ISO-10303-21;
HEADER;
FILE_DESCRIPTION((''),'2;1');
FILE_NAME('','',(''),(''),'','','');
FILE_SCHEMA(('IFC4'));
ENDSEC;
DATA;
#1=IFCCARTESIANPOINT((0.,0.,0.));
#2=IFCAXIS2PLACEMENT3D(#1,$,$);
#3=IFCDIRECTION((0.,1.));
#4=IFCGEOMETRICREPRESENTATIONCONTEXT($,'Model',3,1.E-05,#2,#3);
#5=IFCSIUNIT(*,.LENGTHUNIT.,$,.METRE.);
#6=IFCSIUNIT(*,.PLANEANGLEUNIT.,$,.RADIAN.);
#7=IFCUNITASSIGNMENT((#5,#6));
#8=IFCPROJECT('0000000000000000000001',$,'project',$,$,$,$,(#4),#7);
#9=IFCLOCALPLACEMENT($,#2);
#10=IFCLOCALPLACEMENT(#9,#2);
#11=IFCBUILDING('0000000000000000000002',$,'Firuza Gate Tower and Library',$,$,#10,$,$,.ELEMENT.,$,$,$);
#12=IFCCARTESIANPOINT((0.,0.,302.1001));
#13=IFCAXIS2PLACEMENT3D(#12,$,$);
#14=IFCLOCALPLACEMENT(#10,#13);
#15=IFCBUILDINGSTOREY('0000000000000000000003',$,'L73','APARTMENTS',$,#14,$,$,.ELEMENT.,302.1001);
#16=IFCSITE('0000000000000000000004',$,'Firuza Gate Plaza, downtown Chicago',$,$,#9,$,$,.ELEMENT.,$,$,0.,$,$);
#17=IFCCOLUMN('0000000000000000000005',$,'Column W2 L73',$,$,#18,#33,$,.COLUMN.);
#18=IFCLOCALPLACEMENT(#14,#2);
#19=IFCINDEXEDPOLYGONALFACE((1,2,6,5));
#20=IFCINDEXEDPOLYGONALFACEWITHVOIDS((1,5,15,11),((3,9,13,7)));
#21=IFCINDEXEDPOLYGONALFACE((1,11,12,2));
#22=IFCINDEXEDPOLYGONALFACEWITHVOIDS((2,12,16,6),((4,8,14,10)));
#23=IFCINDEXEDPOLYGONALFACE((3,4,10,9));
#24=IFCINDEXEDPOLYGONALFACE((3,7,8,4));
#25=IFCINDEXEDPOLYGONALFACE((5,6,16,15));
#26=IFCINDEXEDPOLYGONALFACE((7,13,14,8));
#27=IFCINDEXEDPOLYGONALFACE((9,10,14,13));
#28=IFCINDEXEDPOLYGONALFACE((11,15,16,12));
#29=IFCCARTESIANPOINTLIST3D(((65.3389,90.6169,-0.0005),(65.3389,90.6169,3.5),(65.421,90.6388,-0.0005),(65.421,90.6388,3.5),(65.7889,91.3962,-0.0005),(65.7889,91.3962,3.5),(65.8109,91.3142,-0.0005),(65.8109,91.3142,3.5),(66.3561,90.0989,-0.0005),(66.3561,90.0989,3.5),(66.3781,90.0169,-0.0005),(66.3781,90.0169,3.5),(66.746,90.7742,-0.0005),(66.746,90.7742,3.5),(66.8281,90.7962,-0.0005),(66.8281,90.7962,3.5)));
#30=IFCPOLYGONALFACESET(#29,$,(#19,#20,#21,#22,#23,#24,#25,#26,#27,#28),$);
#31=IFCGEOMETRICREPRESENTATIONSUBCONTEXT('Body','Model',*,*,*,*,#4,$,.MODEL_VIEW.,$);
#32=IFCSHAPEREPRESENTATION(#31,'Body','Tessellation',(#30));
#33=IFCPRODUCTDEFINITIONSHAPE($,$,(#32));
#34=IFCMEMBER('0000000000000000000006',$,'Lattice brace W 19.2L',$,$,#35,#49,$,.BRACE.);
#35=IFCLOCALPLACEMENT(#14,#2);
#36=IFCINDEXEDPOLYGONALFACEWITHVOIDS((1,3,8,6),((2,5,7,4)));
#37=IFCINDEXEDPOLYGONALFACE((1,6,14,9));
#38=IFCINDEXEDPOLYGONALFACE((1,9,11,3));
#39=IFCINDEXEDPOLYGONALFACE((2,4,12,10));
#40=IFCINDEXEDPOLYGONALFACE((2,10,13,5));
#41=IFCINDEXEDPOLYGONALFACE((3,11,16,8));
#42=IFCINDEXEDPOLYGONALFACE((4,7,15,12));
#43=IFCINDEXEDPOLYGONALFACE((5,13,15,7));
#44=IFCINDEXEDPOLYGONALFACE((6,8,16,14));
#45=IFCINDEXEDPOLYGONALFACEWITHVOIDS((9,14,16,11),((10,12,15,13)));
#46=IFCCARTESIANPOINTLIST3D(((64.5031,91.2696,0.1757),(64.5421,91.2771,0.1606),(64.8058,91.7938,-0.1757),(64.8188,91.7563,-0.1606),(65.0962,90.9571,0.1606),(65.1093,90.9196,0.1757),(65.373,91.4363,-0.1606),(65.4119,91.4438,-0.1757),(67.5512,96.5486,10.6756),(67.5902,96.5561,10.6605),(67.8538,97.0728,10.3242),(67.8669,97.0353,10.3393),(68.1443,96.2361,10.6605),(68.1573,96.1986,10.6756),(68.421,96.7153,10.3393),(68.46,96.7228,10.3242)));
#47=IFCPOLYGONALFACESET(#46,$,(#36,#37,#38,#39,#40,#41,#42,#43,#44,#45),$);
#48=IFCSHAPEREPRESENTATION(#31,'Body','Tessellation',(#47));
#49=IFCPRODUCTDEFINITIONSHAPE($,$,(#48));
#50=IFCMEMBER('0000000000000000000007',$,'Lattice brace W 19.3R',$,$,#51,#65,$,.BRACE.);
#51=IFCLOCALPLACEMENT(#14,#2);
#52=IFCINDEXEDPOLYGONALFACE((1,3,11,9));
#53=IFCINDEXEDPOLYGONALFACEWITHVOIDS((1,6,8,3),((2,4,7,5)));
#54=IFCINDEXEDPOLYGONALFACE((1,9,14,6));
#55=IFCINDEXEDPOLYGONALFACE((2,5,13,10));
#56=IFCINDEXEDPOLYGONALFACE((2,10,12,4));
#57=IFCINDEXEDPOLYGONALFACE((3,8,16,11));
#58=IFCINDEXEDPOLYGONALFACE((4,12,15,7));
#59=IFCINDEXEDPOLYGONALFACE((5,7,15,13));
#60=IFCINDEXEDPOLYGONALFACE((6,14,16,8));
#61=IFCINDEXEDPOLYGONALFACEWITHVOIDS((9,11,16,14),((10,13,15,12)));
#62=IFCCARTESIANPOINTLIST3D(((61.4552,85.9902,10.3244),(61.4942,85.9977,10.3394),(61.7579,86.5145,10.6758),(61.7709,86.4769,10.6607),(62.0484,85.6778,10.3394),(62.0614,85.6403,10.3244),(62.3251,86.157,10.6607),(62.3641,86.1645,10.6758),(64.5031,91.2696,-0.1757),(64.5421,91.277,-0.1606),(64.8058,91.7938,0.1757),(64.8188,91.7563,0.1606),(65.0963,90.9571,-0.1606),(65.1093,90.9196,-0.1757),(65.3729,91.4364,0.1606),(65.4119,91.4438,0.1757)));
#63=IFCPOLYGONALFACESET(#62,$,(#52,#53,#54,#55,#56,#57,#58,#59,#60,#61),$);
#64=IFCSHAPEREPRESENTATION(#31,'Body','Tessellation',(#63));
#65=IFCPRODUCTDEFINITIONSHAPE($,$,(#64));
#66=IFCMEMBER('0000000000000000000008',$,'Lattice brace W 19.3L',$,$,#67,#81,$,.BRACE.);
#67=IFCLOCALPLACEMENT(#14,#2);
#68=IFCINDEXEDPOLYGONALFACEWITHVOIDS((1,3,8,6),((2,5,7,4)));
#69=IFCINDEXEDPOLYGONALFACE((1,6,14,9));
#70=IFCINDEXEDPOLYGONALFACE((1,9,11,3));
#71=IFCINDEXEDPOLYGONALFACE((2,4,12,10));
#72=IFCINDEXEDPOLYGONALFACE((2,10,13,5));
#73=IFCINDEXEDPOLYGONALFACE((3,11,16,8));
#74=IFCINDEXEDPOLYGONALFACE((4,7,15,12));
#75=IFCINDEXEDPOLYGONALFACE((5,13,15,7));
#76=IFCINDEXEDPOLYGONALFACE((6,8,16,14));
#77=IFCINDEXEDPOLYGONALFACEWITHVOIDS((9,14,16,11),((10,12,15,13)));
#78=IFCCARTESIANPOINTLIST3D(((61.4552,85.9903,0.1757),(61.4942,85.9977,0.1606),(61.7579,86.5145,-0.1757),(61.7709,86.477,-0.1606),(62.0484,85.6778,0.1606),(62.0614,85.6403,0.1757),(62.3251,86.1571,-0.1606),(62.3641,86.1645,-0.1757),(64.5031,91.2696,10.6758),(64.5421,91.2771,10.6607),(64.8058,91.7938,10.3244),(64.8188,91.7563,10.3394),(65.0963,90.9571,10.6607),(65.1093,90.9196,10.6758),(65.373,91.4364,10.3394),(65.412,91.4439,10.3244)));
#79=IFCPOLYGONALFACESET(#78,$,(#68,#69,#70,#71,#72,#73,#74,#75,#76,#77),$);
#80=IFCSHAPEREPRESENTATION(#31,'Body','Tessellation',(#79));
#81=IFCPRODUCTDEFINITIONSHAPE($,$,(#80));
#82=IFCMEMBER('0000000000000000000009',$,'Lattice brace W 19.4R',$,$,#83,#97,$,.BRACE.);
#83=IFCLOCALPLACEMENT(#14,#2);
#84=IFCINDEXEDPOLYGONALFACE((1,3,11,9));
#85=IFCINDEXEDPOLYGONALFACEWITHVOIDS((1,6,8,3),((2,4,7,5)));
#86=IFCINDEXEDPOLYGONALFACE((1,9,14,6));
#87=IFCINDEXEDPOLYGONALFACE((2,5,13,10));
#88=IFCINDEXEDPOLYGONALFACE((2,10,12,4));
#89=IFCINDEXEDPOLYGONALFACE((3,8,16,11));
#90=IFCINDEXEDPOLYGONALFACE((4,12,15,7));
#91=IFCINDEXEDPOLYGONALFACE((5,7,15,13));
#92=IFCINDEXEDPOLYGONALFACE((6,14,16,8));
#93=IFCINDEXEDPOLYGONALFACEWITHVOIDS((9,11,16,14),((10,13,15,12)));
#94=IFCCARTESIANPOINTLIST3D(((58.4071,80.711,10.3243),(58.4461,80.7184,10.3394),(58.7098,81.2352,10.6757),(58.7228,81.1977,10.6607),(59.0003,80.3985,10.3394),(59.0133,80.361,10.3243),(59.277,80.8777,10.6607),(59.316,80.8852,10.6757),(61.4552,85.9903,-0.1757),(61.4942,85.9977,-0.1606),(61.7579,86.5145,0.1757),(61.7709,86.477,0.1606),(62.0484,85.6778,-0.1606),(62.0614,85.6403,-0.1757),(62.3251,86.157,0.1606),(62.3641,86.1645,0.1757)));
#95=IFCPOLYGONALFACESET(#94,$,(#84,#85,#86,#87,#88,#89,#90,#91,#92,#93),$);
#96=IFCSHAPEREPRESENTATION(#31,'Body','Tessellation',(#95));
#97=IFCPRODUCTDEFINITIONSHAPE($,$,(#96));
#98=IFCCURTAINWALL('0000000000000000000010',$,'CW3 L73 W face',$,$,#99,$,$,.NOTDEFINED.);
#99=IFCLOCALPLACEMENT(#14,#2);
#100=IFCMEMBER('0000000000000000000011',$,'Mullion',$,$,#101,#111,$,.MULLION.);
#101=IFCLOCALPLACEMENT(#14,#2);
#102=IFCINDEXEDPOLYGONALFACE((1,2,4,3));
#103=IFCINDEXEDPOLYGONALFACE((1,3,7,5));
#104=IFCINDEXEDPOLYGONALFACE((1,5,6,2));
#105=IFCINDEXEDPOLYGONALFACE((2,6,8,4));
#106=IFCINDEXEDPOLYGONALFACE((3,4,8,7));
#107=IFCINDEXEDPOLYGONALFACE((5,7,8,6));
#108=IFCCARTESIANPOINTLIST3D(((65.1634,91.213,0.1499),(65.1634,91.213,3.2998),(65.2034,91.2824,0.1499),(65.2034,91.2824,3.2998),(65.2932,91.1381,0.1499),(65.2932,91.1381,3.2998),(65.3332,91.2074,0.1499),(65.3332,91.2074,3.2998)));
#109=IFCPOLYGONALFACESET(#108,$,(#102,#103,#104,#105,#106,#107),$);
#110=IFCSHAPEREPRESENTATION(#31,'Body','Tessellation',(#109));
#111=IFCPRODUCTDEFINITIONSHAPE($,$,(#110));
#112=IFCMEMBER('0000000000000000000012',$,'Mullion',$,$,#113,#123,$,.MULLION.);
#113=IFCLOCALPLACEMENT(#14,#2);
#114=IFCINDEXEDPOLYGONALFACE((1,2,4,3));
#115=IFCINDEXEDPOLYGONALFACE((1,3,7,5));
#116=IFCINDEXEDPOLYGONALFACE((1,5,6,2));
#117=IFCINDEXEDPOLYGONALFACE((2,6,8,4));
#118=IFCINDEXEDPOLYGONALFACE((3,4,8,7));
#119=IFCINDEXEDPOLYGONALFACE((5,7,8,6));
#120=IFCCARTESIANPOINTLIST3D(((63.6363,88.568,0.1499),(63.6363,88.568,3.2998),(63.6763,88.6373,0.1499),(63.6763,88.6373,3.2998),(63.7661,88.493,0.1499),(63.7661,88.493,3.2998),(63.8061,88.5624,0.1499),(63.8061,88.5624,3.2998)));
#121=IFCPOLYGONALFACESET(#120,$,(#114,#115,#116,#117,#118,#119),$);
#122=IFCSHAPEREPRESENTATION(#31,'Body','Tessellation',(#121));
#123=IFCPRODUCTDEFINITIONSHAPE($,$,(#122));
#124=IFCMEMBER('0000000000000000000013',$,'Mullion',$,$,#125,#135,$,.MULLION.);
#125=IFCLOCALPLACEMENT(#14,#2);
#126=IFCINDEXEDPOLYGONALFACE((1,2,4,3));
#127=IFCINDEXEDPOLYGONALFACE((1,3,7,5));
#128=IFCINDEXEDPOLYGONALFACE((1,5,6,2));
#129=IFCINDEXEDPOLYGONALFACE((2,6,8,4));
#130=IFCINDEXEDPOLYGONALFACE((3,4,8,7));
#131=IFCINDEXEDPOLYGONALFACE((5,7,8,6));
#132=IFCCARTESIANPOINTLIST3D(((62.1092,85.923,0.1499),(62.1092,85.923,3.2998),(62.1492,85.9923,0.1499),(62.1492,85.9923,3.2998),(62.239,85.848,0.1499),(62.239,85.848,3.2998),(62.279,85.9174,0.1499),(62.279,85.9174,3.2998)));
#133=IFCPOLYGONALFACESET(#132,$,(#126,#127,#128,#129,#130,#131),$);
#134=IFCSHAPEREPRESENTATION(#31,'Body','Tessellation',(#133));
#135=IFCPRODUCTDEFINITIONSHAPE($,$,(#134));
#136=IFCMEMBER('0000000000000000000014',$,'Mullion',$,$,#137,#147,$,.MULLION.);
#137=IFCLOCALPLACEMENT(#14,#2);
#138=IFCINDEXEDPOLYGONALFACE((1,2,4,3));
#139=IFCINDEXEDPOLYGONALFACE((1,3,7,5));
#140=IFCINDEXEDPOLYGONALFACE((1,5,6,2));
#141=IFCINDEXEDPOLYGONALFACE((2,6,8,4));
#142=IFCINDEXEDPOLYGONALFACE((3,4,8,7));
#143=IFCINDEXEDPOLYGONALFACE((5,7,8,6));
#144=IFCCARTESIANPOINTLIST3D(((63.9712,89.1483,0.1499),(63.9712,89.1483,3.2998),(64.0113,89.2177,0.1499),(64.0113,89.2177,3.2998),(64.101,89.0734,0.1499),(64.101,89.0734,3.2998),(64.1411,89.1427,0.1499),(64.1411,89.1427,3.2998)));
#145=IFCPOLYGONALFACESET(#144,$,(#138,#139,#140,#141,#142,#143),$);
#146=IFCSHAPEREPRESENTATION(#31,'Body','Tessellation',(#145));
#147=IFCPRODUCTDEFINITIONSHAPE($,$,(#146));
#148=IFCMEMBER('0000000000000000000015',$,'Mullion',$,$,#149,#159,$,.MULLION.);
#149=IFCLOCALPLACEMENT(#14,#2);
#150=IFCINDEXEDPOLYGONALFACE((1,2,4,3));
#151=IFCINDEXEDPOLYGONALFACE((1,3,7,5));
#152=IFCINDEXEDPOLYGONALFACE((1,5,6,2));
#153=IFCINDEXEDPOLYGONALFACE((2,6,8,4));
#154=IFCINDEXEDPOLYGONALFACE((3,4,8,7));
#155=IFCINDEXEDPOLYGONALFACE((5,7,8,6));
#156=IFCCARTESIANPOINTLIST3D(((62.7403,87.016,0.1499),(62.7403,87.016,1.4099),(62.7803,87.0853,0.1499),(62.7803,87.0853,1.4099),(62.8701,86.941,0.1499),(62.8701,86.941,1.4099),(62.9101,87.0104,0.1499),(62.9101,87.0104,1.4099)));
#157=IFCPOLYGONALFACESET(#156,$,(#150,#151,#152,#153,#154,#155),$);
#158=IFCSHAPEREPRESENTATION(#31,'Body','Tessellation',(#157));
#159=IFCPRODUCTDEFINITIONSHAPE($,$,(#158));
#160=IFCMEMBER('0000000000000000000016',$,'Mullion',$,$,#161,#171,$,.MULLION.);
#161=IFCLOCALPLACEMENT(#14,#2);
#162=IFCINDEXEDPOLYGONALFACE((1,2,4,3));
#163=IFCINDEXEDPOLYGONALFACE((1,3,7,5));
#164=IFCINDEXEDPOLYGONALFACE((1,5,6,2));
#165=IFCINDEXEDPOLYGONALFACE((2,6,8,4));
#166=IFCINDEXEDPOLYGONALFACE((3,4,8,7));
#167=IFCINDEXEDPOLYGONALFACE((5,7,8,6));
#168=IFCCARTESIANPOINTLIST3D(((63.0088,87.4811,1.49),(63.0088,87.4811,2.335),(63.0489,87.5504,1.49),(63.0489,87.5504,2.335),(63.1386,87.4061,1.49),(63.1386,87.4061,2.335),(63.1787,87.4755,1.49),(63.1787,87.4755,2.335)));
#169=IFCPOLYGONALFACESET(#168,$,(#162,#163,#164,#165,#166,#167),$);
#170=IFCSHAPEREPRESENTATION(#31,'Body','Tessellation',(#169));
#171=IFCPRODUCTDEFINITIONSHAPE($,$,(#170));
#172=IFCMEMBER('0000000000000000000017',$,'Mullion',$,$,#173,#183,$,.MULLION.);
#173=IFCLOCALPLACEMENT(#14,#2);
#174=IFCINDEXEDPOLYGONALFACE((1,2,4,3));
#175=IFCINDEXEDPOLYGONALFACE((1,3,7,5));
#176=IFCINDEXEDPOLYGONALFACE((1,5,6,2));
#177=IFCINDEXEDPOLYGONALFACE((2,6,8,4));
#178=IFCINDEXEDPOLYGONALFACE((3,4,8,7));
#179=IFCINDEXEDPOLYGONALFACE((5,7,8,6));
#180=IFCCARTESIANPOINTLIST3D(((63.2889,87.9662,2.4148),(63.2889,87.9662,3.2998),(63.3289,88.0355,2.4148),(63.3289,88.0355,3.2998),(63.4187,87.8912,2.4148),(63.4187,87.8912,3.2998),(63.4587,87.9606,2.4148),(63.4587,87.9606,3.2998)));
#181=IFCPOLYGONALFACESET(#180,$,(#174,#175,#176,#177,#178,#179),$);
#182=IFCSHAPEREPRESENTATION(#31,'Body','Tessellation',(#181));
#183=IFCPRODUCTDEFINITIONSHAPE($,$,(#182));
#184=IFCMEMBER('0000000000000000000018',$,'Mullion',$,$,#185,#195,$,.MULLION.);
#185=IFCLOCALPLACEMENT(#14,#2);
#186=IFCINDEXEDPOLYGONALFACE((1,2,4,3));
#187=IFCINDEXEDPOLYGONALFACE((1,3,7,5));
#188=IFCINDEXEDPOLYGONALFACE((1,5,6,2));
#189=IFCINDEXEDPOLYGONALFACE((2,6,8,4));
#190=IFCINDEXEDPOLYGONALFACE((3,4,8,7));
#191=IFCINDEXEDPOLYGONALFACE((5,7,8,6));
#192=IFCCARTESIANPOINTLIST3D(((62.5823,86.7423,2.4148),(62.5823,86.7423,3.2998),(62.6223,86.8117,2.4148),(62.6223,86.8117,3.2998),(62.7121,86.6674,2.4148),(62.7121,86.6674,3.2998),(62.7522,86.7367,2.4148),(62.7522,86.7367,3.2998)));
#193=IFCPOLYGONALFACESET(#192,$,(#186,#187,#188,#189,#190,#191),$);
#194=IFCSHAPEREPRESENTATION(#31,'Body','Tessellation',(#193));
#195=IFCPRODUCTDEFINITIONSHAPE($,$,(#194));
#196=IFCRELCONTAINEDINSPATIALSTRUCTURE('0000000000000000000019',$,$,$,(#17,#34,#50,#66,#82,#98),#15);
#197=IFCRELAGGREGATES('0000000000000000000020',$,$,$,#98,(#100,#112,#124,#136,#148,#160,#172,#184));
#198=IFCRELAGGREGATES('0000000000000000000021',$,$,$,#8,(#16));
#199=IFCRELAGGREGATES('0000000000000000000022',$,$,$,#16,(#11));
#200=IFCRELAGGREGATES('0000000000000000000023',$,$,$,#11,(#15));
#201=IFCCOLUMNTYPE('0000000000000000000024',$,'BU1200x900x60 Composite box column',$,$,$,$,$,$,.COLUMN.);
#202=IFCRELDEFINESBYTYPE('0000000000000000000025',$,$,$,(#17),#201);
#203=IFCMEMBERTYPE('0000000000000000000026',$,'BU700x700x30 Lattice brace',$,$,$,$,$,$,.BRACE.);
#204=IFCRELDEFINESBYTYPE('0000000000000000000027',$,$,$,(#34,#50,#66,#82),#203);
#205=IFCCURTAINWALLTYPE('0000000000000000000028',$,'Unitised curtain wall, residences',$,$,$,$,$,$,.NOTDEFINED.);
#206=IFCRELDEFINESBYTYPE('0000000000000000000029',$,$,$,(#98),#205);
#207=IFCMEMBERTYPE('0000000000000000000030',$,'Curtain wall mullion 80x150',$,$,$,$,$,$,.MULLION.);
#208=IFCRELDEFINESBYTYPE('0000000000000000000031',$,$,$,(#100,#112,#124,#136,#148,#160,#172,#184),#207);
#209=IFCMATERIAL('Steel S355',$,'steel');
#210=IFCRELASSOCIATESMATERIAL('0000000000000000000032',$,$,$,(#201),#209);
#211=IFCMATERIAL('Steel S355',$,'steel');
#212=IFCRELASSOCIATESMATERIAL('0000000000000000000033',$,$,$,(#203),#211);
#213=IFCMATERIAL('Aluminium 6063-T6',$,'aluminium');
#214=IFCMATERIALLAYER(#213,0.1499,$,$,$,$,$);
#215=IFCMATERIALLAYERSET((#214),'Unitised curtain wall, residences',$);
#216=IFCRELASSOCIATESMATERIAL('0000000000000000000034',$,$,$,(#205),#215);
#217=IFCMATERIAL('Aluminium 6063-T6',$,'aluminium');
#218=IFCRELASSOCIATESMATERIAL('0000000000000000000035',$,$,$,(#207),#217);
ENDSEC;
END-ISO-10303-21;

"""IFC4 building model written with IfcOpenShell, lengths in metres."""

from ifc_helpers import new_model, si_unit, direction, frame, origin, origin_2d, place, context, subcontext, project, spatial, rectangle, hollow_rectangle, extrude, material, layer, layer_set, material_profile, profile_set, type_object, element, aggregate, save


model = new_model("IFC4")

# Units and contexts
model_context = context("Model", 3, precision=1e-05, world=origin(), true_north=direction((0.0, 1.0)))
body_context = subcontext(model_context, "Body", "Model", "MODEL_VIEW")
ifc_project = project(units=[si_unit("LENGTHUNIT", "METRE"), si_unit("PLANEANGLEUNIT", "RADIAN")], contexts=[model_context])

# Site, building, storey
site_placement = place(None, origin())
site = spatial("IfcSite", under=ifc_project, at=site_placement, Name="Firuza Gate Plaza, downtown Chicago", CompositionType="ELEMENT", RefElevation=0.0)
building_placement = place(site_placement, origin())
building = spatial("IfcBuilding", under=site, at=building_placement, Name="Firuza Gate Tower and Library", CompositionType="ELEMENT")
storey_placement = place(building_placement, frame((0.0, 0.0, 302.1001)))
storey = spatial("IfcBuildingStorey", under=building, at=storey_placement, Name="L73", Description="APARTMENTS", CompositionType="ELEMENT", Elevation=302.1001)

# Column
ifc_material_1 = material(Name="Steel S355", Category="steel")
ifc_material_profile_1 = material_profile(ifc_material_1, hollow_rectangle(XDim=0.8999, YDim=1.2, WallThickness=0.0601, at=origin_2d()))
ifc_profile_set_1 = profile_set([ifc_material_profile_1], Name="Steel S355")
column_type = type_object("IfcColumnType", Name="BU1200x900x60 Composite box column", PredefinedType="COLUMN", material=ifc_profile_set_1)
column_placement = place(storey_placement, frame((66.0835, 90.7065, -0.0005), z_axis=(0.0, 0.0, 1.0), x_axis=(-0.5, -0.866025, 0.0)))
element("IfcColumn", 1, at=column_placement, inside=storey, type_object=column_type, Name="Column W2 L73", PredefinedType="COLUMN", context=body_context, shape_type="SweptSolid", body=[
    extrude(hollow_rectangle(XDim=0.8999, YDim=1.2, WallThickness=0.0601, at=origin_2d()), origin(), (0.0, 0.0, 1.0), 3.5005),
])

# Members
ifc_material_2 = material(Name="Steel S355", Category="steel")
ifc_material_profile_2 = material_profile(ifc_material_2, hollow_rectangle(XDim=0.7, YDim=0.7, WallThickness=0.03, at=origin_2d()))
ifc_profile_set_2 = profile_set([ifc_material_profile_2], Name="Steel S355")
member_type_1 = type_object("IfcMemberType", Name="BU700x700x30 Lattice brace", PredefinedType="BRACE", material=ifc_profile_set_2)
member_1_placement = place(storey_placement, frame((64.9575, 91.3567, 0.0), z_axis=(0.251053, 0.434804, 0.864822), x_axis=(-0.866009, 0.500029, 0.0)))
element("IfcMember", 2, at=member_1_placement, inside=storey, type_object=member_type_1, Name="Lattice brace W 19.2L", PredefinedType="BRACE", context=body_context, shape_type="SweptSolid", body=[
    extrude(hollow_rectangle(XDim=0.7, YDim=0.7, WallThickness=0.03, at=origin_2d()), origin(), (0.0, 0.0, 1.0), 12.1411),
])
for number, where, z_axis, x_axis, name in (
    (3, (64.9575, 91.3567, 0.0), (-0.251032, -0.434823, 0.864819), (0.866036, -0.499981, 0.0), "Lattice brace W 19.3R"),
    (4, (61.9097, 86.0774, 0.0), (0.251032, 0.434823, 0.864819), (-0.866036, 0.499981, 0.0), "Lattice brace W 19.3L"),
    (5, (61.9097, 86.0774, 0.0), (-0.251051, -0.43482, 0.864815), (0.866019, -0.500011, 0.0), "Lattice brace W 19.4R"),
):
    element("IfcMember", number, at=place(storey_placement, frame(where, z_axis=z_axis, x_axis=x_axis)), inside=storey, type_object=member_type_1, Name=name, PredefinedType="BRACE", context=body_context, shape_type="SweptSolid", body=[
        extrude(hollow_rectangle(XDim=0.7, YDim=0.7, WallThickness=0.03, at=origin_2d()), origin(), (0.0, 0.0, 1.0), 12.1414),
    ])

# Curtain wall, members
ifc_material_3 = material(Name="Aluminium 6063-T6", Category="aluminium")
ifc_layer_1 = layer(ifc_material_3, 0.1499)
ifc_layer_set_1 = layer_set([ifc_layer_1], Name="Unitised curtain wall, residences")
curtain_wall_type = type_object("IfcCurtainWallType", Name="Unitised curtain wall, residences", PredefinedType="NOTDEFINED", material=ifc_layer_set_1)
curtain_wall_placement = place(storey_placement, origin())
curtain_wall = element("IfcCurtainWall", 6, at=curtain_wall_placement, inside=storey, type_object=curtain_wall_type, Name="CW3 L73 W face", PredefinedType="NOTDEFINED")
ifc_material_4 = material(Name="Aluminium 6063-T6", Category="aluminium")
ifc_material_profile_3 = material_profile(ifc_material_4, rectangle(XDim=0.1499, YDim=0.0801, at=origin_2d()))
ifc_profile_set_3 = profile_set([ifc_material_profile_3], Name="Aluminium 6063-T6")
member_type_2 = type_object("IfcMemberType", Name="Curtain wall mullion 80x150", PredefinedType="MULLION", material=ifc_profile_set_3)
member_2_placement = place(storey_placement, frame((65.2483, 91.2102, 0.1499), z_axis=(0.0, 0.0, 1.0), x_axis=(0.866025, -0.5, 0.0)))
member_2 = element("IfcMember", 7, at=member_2_placement, type_object=member_type_2, Name="Mullion", PredefinedType="MULLION", context=body_context, shape_type="SweptSolid", body=[
    extrude(rectangle(XDim=0.1499, YDim=0.0801, at=origin_2d()), origin(), (0.0, 0.0, 1.0), 3.1499),
])
member_3_placement = place(storey_placement, frame((63.7212, 88.5652, 0.1499), z_axis=(0.0, 0.0, 1.0), x_axis=(0.866025, -0.5, 0.0)))
member_3 = element("IfcMember", 8, at=member_3_placement, type_object=member_type_2, Name="Mullion", PredefinedType="MULLION", context=body_context, shape_type="SweptSolid", body=[
    extrude(rectangle(XDim=0.1499, YDim=0.0801, at=origin_2d()), origin(), (0.0, 0.0, 1.0), 3.1499),
])
member_4_placement = place(storey_placement, frame((62.1941, 85.9202, 0.1499), z_axis=(0.0, 0.0, 1.0), x_axis=(0.866025, -0.5, 0.0)))
member_4 = element("IfcMember", 9, at=member_4_placement, type_object=member_type_2, Name="Mullion", PredefinedType="MULLION", context=body_context, shape_type="SweptSolid", body=[
    extrude(rectangle(XDim=0.1499, YDim=0.0801, at=origin_2d()), origin(), (0.0, 0.0, 1.0), 3.1499),
])
member_5_placement = place(storey_placement, frame((64.0562, 89.1455, 0.1499), z_axis=(0.0, 0.0, 1.0), x_axis=(0.866025, -0.5, 0.0)))
member_5 = element("IfcMember", 10, at=member_5_placement, type_object=member_type_2, Name="Mullion", PredefinedType="MULLION", context=body_context, shape_type="SweptSolid", body=[
    extrude(rectangle(XDim=0.1499, YDim=0.0801, at=origin_2d()), origin(), (0.0, 0.0, 1.0), 3.1499),
])
member_6_placement = place(storey_placement, frame((62.8252, 87.0132, 0.1499), z_axis=(0.0, 0.0, 1.0), x_axis=(0.866025, -0.5, 0.0)))
member_6 = element("IfcMember", 11, at=member_6_placement, type_object=member_type_2, Name="Mullion", PredefinedType="MULLION", context=body_context, shape_type="SweptSolid", body=[
    extrude(rectangle(XDim=0.1499, YDim=0.0801, at=origin_2d()), origin(), (0.0, 0.0, 1.0), 1.26),
])
member_7_placement = place(storey_placement, frame((63.0938, 87.4783, 1.49), z_axis=(0.0, 0.0, 1.0), x_axis=(0.866025, -0.5, 0.0)))
member_7 = element("IfcMember", 12, at=member_7_placement, type_object=member_type_2, Name="Mullion", PredefinedType="MULLION", context=body_context, shape_type="SweptSolid", body=[
    extrude(rectangle(XDim=0.1499, YDim=0.0801, at=origin_2d()), origin(), (0.0, 0.0, 1.0), 0.845),
])
member_8_placement = place(storey_placement, frame((63.3738, 87.9634, 2.4148), z_axis=(0.0, 0.0, 1.0), x_axis=(0.866025, -0.5, 0.0)))
member_8 = element("IfcMember", 13, at=member_8_placement, type_object=member_type_2, Name="Mullion", PredefinedType="MULLION", context=body_context, shape_type="SweptSolid", body=[
    extrude(rectangle(XDim=0.1499, YDim=0.0801, at=origin_2d()), origin(), (0.0, 0.0, 1.0), 0.885),
])
member_9_placement = place(storey_placement, frame((62.6672, 86.7395, 2.4148), z_axis=(0.0, 0.0, 1.0), x_axis=(0.866025, -0.5, 0.0)))
member_9 = element("IfcMember", 14, at=member_9_placement, type_object=member_type_2, Name="Mullion", PredefinedType="MULLION", context=body_context, shape_type="SweptSolid", body=[
    extrude(rectangle(XDim=0.1499, YDim=0.0801, at=origin_2d()), origin(), (0.0, 0.0, 1.0), 0.885),
])

aggregate(curtain_wall, [member_2, member_3, member_4, member_5, member_6, member_7, member_8, member_9])

save(model, "model.ifc")
